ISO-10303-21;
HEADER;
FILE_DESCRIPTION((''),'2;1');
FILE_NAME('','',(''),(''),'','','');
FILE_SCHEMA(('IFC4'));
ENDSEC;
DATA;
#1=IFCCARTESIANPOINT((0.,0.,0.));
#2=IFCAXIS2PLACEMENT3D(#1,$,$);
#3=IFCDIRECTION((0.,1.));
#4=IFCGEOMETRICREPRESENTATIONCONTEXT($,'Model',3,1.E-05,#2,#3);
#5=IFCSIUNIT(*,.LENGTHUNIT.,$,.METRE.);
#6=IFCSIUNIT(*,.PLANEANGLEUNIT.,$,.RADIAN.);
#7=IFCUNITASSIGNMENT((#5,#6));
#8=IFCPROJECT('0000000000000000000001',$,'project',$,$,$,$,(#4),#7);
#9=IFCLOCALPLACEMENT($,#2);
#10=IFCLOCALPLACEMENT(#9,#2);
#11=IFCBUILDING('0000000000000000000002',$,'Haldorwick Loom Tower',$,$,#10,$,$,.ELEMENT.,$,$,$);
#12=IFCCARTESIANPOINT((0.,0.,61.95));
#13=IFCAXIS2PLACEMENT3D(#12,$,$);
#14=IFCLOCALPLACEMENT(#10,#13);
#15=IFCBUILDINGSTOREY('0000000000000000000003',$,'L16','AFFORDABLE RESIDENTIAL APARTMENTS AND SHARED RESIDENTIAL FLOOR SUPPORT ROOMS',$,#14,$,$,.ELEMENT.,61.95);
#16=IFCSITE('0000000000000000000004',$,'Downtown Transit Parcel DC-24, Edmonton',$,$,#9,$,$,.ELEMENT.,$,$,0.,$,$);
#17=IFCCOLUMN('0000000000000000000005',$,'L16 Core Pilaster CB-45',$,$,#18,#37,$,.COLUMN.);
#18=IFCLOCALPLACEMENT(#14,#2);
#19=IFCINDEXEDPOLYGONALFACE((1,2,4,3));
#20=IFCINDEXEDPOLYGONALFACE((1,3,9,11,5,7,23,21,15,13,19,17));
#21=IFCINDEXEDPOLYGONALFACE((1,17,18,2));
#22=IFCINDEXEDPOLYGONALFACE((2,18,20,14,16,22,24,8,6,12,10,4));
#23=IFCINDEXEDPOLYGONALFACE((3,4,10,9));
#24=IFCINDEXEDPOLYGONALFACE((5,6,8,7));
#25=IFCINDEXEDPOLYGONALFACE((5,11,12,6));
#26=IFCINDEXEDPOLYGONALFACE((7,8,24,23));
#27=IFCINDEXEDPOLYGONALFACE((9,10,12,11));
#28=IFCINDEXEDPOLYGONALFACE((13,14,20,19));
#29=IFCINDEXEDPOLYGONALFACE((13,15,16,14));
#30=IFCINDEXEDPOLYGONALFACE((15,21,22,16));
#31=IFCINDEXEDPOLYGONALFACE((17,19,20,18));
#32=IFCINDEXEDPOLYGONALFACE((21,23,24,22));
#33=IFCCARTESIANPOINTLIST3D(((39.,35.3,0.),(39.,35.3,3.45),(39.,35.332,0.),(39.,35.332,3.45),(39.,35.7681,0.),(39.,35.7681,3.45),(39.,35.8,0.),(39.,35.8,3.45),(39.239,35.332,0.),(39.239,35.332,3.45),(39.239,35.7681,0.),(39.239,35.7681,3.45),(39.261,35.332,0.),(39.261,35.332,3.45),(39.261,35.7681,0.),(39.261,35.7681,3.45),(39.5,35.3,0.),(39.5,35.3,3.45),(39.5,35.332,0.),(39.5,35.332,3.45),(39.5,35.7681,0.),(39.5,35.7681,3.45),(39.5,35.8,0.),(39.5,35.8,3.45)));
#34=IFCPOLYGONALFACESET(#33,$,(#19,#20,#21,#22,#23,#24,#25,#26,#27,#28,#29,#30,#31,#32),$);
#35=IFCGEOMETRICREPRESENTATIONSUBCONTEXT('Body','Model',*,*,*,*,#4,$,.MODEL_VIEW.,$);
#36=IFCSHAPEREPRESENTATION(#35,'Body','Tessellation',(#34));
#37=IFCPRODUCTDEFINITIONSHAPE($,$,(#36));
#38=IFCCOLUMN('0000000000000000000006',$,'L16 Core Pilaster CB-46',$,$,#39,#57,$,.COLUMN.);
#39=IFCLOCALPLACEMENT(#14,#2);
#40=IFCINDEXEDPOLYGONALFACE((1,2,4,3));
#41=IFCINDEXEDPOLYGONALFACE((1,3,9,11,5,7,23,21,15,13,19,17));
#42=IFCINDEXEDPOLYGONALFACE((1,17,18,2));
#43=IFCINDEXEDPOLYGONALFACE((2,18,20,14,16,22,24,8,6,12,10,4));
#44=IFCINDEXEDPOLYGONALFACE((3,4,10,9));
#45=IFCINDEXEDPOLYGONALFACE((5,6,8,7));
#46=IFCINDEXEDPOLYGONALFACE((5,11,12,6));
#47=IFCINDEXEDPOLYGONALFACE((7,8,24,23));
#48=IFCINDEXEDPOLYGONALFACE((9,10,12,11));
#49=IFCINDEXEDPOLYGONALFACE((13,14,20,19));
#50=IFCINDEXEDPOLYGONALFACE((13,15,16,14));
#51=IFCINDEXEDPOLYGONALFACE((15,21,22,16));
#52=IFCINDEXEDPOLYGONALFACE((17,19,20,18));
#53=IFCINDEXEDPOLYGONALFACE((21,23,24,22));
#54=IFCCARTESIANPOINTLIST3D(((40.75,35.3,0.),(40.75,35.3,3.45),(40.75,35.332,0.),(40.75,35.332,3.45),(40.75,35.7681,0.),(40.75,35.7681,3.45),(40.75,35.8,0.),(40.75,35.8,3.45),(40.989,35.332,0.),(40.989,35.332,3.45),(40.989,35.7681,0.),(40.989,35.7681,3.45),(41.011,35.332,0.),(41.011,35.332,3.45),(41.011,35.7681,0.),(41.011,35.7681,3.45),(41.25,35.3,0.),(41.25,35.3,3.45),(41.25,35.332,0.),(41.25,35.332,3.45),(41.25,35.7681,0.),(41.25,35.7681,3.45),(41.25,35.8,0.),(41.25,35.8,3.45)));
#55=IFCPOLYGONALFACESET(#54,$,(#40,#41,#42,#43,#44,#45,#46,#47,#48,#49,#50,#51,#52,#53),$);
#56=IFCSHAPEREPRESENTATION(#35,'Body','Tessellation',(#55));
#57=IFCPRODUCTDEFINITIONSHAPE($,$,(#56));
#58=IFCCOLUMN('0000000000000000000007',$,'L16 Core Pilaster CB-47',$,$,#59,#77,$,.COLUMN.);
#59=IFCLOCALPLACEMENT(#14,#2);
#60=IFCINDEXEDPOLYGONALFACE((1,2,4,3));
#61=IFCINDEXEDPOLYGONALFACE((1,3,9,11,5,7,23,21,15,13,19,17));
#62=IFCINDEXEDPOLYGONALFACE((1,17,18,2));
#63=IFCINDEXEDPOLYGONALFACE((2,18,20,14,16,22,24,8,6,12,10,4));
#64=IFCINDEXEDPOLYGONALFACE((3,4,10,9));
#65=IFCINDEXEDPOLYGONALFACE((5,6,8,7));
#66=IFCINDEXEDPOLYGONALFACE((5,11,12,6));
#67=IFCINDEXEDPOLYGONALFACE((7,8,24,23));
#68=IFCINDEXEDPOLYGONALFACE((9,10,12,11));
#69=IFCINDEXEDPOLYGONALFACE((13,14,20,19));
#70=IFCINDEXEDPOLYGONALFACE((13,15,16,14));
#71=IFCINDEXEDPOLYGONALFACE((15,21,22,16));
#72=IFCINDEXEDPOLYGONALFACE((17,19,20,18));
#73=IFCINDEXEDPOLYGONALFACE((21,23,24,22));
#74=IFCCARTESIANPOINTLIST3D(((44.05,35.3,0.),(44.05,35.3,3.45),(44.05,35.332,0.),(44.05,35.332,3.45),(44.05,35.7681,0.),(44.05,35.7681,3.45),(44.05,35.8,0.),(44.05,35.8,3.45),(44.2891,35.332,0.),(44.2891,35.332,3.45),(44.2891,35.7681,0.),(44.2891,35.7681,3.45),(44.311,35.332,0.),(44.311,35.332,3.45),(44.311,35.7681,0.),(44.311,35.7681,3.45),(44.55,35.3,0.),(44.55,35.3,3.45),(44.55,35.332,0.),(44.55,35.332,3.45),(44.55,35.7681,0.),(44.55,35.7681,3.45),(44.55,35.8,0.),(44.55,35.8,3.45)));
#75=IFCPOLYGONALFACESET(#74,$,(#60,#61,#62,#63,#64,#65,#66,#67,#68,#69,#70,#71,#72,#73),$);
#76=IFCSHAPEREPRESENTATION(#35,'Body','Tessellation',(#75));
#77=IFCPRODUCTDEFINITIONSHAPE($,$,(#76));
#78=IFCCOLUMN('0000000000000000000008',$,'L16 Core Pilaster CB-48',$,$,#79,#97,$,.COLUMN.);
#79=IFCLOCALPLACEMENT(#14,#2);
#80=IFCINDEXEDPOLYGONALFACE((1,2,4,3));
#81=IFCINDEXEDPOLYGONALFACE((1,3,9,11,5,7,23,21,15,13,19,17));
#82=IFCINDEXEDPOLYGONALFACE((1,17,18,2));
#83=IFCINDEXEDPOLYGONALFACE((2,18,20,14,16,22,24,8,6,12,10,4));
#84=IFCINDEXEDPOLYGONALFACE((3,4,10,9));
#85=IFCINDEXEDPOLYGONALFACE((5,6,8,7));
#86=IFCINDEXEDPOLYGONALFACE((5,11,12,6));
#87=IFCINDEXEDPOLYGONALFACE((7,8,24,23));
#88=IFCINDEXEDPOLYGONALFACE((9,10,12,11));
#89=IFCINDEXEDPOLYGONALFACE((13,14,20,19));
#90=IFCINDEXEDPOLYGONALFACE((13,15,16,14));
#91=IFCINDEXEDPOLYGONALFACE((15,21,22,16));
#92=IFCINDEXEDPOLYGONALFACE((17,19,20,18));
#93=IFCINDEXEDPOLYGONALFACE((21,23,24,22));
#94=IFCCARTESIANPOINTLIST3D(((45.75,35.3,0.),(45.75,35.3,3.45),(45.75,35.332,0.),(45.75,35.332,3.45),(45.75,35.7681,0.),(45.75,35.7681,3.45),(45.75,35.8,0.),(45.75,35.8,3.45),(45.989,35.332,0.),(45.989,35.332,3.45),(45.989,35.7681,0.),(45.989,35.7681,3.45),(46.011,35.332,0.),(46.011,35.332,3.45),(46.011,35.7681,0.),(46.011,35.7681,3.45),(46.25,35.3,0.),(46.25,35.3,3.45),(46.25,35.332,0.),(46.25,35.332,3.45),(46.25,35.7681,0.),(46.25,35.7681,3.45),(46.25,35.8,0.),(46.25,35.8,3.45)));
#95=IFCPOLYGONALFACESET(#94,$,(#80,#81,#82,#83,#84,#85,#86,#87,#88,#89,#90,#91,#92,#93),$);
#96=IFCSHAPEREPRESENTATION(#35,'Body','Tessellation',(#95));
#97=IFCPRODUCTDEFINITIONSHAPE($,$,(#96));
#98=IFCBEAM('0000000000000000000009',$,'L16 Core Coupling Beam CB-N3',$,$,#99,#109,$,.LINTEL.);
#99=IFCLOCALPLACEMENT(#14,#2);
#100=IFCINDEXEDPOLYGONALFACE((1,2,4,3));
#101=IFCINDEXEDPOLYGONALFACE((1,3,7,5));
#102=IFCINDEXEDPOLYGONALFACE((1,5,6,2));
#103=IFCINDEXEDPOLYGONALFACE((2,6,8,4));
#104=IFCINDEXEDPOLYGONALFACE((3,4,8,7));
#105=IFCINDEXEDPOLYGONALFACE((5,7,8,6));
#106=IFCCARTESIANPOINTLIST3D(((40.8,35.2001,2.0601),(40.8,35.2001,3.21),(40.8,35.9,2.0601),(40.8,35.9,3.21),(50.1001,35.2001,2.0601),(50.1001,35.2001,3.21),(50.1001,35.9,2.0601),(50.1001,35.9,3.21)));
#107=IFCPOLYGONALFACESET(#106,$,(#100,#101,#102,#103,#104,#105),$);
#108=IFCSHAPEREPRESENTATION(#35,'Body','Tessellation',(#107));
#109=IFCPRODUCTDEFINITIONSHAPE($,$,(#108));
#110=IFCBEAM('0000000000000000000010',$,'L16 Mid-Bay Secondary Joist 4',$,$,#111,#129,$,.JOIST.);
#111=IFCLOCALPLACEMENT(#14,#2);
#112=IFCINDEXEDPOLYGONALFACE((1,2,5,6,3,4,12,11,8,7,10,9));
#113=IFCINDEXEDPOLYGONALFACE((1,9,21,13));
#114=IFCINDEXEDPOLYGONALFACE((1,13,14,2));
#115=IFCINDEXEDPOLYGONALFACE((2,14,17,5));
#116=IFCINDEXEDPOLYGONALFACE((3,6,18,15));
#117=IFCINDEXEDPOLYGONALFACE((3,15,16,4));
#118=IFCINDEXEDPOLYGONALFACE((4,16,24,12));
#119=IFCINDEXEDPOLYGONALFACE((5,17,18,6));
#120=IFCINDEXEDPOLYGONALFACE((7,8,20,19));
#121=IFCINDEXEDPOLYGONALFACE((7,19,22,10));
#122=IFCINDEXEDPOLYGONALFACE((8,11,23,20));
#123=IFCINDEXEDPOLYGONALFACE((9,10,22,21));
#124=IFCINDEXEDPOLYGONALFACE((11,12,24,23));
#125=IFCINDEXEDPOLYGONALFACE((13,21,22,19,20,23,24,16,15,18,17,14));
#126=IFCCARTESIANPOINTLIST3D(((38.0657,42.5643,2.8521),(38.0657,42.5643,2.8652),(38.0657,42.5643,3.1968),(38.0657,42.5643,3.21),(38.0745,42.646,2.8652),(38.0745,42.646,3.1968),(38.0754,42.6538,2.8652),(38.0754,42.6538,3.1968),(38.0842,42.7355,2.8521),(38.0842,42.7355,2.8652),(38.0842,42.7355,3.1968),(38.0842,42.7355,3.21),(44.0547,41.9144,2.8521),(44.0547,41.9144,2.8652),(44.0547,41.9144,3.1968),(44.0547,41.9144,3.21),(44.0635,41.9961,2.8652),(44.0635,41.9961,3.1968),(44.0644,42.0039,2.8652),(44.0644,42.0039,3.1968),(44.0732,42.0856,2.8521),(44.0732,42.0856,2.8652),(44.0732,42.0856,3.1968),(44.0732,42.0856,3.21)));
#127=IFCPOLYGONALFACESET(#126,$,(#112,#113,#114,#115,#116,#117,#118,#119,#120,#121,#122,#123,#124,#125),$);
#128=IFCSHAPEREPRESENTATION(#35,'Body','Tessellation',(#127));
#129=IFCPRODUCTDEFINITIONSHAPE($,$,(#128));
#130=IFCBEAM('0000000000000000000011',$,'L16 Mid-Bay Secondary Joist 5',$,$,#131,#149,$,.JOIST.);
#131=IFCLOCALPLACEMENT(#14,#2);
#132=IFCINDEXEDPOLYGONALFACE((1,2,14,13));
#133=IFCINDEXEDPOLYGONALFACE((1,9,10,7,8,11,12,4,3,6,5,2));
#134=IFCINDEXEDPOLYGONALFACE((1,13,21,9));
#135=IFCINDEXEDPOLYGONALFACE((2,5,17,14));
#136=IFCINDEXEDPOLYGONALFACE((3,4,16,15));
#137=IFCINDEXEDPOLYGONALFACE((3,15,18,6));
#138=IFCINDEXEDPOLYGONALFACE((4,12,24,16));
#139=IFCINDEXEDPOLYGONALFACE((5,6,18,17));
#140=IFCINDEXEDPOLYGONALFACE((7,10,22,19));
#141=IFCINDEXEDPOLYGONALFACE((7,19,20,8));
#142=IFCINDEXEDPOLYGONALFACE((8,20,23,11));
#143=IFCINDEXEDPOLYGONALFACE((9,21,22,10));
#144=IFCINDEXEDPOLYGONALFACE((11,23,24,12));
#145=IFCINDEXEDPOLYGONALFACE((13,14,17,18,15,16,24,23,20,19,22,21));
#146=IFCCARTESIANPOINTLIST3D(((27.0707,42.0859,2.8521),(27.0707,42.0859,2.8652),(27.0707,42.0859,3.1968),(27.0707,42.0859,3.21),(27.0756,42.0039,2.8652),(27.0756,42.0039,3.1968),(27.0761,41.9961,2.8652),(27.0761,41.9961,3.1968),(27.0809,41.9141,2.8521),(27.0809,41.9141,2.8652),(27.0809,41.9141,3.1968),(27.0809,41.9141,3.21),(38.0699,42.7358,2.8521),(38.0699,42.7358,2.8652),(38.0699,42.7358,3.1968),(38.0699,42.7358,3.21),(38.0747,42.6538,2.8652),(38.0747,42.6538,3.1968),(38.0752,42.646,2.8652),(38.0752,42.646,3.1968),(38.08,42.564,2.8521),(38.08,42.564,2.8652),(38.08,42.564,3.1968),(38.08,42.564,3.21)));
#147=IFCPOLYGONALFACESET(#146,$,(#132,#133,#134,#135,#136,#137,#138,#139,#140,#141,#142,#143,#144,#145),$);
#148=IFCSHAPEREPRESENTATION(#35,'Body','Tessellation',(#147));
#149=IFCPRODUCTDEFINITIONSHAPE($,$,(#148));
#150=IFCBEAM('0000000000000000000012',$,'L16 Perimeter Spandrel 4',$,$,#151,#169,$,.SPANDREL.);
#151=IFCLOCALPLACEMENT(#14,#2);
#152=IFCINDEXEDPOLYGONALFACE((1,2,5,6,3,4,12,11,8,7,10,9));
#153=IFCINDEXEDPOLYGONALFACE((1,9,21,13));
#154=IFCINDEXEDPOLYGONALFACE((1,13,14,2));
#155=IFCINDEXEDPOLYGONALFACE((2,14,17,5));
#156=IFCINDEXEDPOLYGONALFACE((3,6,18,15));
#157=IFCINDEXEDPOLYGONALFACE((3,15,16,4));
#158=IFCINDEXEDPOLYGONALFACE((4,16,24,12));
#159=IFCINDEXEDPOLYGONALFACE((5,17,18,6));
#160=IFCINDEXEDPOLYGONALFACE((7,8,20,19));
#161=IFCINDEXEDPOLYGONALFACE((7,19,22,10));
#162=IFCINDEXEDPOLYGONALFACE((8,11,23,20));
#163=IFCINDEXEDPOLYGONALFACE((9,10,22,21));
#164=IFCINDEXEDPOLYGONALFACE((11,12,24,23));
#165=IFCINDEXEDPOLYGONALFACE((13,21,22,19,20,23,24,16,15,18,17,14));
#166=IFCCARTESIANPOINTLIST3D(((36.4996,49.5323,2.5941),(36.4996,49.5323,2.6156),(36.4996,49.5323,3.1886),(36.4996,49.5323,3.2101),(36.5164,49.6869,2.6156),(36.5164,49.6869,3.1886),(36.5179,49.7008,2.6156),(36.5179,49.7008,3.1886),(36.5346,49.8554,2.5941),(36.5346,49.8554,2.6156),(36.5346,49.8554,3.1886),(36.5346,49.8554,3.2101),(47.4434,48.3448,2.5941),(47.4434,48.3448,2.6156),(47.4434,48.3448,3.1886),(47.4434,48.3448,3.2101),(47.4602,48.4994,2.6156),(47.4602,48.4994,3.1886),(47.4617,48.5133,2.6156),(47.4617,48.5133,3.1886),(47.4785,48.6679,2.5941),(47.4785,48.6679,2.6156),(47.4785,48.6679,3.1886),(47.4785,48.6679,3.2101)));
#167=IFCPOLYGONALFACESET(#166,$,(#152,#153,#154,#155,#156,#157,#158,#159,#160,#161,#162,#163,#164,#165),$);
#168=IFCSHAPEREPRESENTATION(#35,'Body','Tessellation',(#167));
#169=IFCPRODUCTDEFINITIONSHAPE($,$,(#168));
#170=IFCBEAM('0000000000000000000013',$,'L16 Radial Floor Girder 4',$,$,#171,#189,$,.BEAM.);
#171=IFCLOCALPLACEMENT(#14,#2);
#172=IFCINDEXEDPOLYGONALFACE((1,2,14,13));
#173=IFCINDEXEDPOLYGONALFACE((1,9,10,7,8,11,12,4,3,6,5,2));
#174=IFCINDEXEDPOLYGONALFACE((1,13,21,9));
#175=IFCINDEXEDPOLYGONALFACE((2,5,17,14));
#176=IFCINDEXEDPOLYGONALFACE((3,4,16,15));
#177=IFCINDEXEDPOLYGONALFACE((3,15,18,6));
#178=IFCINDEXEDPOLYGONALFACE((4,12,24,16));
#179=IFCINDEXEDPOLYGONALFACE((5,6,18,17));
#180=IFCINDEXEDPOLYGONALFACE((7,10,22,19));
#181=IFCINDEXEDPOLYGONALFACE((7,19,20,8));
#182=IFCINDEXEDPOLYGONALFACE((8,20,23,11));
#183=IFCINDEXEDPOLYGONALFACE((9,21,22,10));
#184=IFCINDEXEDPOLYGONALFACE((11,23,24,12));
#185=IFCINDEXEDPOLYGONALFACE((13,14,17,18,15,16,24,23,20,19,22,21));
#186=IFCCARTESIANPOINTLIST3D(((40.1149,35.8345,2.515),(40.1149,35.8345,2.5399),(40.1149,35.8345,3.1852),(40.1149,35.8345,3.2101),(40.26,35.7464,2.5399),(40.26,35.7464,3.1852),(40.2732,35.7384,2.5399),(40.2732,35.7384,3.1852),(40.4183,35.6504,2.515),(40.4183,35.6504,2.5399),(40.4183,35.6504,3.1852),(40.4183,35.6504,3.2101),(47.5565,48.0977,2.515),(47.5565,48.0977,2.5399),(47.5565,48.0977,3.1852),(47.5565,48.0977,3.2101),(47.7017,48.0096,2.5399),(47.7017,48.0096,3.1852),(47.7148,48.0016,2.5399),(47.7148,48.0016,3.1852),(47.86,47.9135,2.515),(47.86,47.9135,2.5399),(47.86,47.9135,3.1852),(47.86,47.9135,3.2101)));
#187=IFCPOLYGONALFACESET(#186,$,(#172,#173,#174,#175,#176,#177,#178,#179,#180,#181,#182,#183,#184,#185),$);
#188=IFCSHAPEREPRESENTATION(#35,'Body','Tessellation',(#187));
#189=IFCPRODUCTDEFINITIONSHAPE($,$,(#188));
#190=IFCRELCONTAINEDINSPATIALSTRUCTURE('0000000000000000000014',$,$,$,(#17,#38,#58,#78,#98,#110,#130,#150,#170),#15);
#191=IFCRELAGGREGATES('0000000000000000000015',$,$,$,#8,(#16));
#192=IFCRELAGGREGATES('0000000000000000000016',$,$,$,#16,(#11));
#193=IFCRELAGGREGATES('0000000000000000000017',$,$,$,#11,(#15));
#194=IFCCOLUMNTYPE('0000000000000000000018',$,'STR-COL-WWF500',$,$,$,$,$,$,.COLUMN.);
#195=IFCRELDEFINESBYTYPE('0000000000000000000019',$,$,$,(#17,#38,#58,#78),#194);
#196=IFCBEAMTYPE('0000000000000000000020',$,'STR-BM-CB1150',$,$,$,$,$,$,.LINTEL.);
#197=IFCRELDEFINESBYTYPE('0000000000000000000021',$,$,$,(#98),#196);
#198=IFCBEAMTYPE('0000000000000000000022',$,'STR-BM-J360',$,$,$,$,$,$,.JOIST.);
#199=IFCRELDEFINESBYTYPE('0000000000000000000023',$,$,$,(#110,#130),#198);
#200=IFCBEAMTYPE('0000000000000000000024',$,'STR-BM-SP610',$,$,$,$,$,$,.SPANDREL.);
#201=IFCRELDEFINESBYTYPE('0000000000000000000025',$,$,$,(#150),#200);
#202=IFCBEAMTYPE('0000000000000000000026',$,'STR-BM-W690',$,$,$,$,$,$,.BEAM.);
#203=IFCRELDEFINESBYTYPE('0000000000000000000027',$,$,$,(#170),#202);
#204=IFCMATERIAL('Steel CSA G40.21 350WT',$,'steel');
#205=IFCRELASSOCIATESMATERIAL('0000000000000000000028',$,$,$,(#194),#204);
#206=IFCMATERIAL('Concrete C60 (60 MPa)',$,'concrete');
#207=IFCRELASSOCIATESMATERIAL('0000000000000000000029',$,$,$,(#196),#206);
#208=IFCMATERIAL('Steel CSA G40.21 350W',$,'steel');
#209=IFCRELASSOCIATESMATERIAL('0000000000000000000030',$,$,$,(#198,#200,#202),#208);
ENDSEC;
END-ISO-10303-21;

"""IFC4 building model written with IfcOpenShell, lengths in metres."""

from ifc_helpers import new_model, si_unit, direction, frame, origin, origin_2d, place, context, subcontext, project, spatial, rectangle, i_section, extrude, material, material_profile, profile_set, type_object, element, save


model = new_model("IFC4")

# Units and contexts
model_context = context("Model", 3, precision=1e-05, world=origin(), true_north=direction((0.0, 1.0)))
body_context = subcontext(model_context, "Body", "Model", "MODEL_VIEW")
ifc_project = project(units=[si_unit("LENGTHUNIT", "METRE"), si_unit("PLANEANGLEUNIT", "RADIAN")], contexts=[model_context])

# Site, building, storey
site_placement = place(None, origin())
site = spatial("IfcSite", under=ifc_project, at=site_placement, Name="Downtown Transit Parcel DC-24, Edmonton", CompositionType="ELEMENT", RefElevation=0.0)
building_placement = place(site_placement, origin())
building = spatial("IfcBuilding", under=site, at=building_placement, Name="Haldorwick Loom Tower", CompositionType="ELEMENT")
storey_placement = place(building_placement, frame((0.0, 0.0, 61.95)))
storey = spatial("IfcBuildingStorey", under=building, at=storey_placement, Name="L16", Description="AFFORDABLE RESIDENTIAL APARTMENTS AND SHARED RESIDENTIAL FLOOR SUPPORT ROOMS", CompositionType="ELEMENT", Elevation=61.95)

# Columns
ifc_material_1 = material(Name="Concrete C60 (60 MPa)", Category="concrete")
ifc_material_2 = material(Name="Steel CSA G40.21 350WT", Category="steel")
ifc_material_profile_1 = material_profile(ifc_material_2, i_section(OverallWidth=0.5, OverallDepth=0.5, WebThickness=0.022, FlangeThickness=0.032, at=origin_2d()), Name="WWF500X500", Category="steel")
ifc_profile_set_1 = profile_set([ifc_material_profile_1], Name="Steel CSA G40.21 350WT")
column_type_1 = type_object("IfcColumnType", Name="STR-COL-WWF500", PredefinedType="COLUMN", material=ifc_profile_set_1)
for number, where, z_axis, x_axis, name in (
    (1, (39.25, 35.55, 0.0), (0.0, 0.0, 1.0), (1.0, 0.0, 0.0), "L16 Core Pilaster CB-45"),
    (2, (41.0, 35.55, 0.0), (0.0, 0.0, 1.0), (1.0, 0.0, 0.0), "L16 Core Pilaster CB-46"),
    (3, (44.3, 35.55, 0.0), (0.0, 0.0, 1.0), (1.0, 0.0, 0.0), "L16 Core Pilaster CB-47"),
    (4, (46.0, 35.55, 0.0), (0.0, 0.0, 1.0), (1.0, 0.0, 0.0), "L16 Core Pilaster CB-48"),
):
    element("IfcColumn", number, at=place(storey_placement, frame(where, z_axis=z_axis, x_axis=x_axis)), inside=storey, type_object=column_type_1, Name=name, PredefinedType="COLUMN", context=body_context, shape_type="SweptSolid", body=[
        extrude(i_section(OverallWidth=0.5, OverallDepth=0.5, WebThickness=0.022, FlangeThickness=0.032, at=origin_2d()), origin(), (0.0, 0.0, 1.0), 3.45),
    ])

# Beams
ifc_material_profile_2 = material_profile(ifc_material_1, rectangle(XDim=0.7, YDim=1.1499, at=origin_2d()), Name="RC700X1150", Category="concrete")
ifc_profile_set_2 = profile_set([ifc_material_profile_2], Name="Concrete C60 (60 MPa)")
beam_type_1 = type_object("IfcBeamType", Name="STR-BM-CB1150", PredefinedType="LINTEL", material=ifc_profile_set_2)
beam_1_placement = place(storey_placement, frame((40.8, 35.55, 2.635), z_axis=(1.0, 0.0, 0.0), x_axis=(0.0, 1.0, 0.0)))
element("IfcBeam", 5, at=beam_1_placement, inside=storey, type_object=beam_type_1, Name="L16 Core Coupling Beam CB-N3", PredefinedType="LINTEL", context=body_context, shape_type="SweptSolid", body=[
    extrude(rectangle(XDim=0.7, YDim=1.1499, at=origin_2d()), origin(), (0.0, 0.0, 1.0), 9.3),
])
ifc_material_3 = material(Name="Steel CSA G40.21 350W", Category="steel")
ifc_material_profile_3 = material_profile(ifc_material_3, i_section(OverallWidth=0.1721, OverallDepth=0.3579, WebThickness=0.0078, FlangeThickness=0.0132, at=origin_2d()), Name="W360X57", Category="steel")
ifc_profile_set_3 = profile_set([ifc_material_profile_3], Name="Steel CSA G40.21 350W")
beam_type_2 = type_object("IfcBeamType", Name="STR-BM-J360", PredefinedType="JOIST", material=ifc_profile_set_3)
beam_2_placement = place(storey_placement, frame((44.064, 42.0, 3.031), z_axis=(-0.994164, 0.107882, 0.0), x_axis=(-0.107882, -0.994164, 0.0)))
element("IfcBeam", 6, at=beam_2_placement, inside=storey, type_object=beam_type_2, Name="L16 Mid-Bay Secondary Joist 4", PredefinedType="JOIST", context=body_context, shape_type="SweptSolid", body=[
    extrude(i_section(OverallWidth=0.1721, OverallDepth=0.3579, WebThickness=0.0078, FlangeThickness=0.0132, at=origin_2d()), origin(), (0.0, 0.0, 1.0), 6.0242),
])
beam_3_placement = place(storey_placement, frame((38.075, 42.6499, 3.031), z_axis=(-0.998259, -0.058984, 0.0), x_axis=(0.058984, -0.998259, 0.0)))
element("IfcBeam", 7, at=beam_3_placement, inside=storey, type_object=beam_type_2, Name="L16 Mid-Bay Secondary Joist 5", PredefinedType="JOIST", context=body_context, shape_type="SweptSolid", body=[
    extrude(i_section(OverallWidth=0.1721, OverallDepth=0.3579, WebThickness=0.0078, FlangeThickness=0.0132, at=origin_2d()), origin(), (0.0, 0.0, 1.0), 11.0183),
])
ifc_material_profile_4 = material_profile(ifc_material_3, i_section(OverallWidth=0.325, OverallDepth=0.616, WebThickness=0.0139, FlangeThickness=0.0215, at=origin_2d()), Name="W610X174", Category="steel")
ifc_profile_set_4 = profile_set([ifc_material_profile_4], Name="Steel CSA G40.21 350W")
beam_type_3 = type_object("IfcBeamType", Name="STR-BM-SP610", PredefinedType="SPANDREL", material=ifc_profile_set_4)
beam_4_placement = place(storey_placement, frame((47.4609, 48.5063, 2.9021), z_axis=(-0.994164, 0.107875, 0.0), x_axis=(-0.107875, -0.994164, 0.0)))
element("IfcBeam", 8, at=beam_4_placement, inside=storey, type_object=beam_type_3, Name="L16 Perimeter Spandrel 4", PredefinedType="SPANDREL", context=body_context, shape_type="SweptSolid", body=[
    extrude(i_section(OverallWidth=0.325, OverallDepth=0.616, WebThickness=0.0139, FlangeThickness=0.0215, at=origin_2d()), origin(), (0.0, 0.0, 1.0), 11.0081),
])
ifc_material_profile_5 = material_profile(ifc_material_3, i_section(OverallWidth=0.355, OverallDepth=0.6951, WebThickness=0.0154, FlangeThickness=0.0249, at=origin_2d()), Name="W690X217", Category="steel")
ifc_profile_set_5 = profile_set([ifc_material_profile_5], Name="Steel CSA G40.21 350W")
beam_type_4 = type_object("IfcBeamType", Name="STR-BM-W690", PredefinedType="BEAM", material=ifc_profile_set_5)
beam_5_placement = place(storey_placement, frame((40.2666, 35.7424, 2.8625), z_axis=(0.518782, 0.854907, 0.0), x_axis=(-0.854907, 0.518782, 0.0)))
element("IfcBeam", 9, at=beam_5_placement, inside=storey, type_object=beam_type_4, Name="L16 Radial Floor Girder 4", PredefinedType="BEAM", context=body_context, shape_type="SweptSolid", body=[
    extrude(i_section(OverallWidth=0.355, OverallDepth=0.6951, WebThickness=0.0154, FlangeThickness=0.0249, at=origin_2d()), origin(), (0.0, 0.0, 1.0), 14.3445),
])

save(model, "model.ifc")
